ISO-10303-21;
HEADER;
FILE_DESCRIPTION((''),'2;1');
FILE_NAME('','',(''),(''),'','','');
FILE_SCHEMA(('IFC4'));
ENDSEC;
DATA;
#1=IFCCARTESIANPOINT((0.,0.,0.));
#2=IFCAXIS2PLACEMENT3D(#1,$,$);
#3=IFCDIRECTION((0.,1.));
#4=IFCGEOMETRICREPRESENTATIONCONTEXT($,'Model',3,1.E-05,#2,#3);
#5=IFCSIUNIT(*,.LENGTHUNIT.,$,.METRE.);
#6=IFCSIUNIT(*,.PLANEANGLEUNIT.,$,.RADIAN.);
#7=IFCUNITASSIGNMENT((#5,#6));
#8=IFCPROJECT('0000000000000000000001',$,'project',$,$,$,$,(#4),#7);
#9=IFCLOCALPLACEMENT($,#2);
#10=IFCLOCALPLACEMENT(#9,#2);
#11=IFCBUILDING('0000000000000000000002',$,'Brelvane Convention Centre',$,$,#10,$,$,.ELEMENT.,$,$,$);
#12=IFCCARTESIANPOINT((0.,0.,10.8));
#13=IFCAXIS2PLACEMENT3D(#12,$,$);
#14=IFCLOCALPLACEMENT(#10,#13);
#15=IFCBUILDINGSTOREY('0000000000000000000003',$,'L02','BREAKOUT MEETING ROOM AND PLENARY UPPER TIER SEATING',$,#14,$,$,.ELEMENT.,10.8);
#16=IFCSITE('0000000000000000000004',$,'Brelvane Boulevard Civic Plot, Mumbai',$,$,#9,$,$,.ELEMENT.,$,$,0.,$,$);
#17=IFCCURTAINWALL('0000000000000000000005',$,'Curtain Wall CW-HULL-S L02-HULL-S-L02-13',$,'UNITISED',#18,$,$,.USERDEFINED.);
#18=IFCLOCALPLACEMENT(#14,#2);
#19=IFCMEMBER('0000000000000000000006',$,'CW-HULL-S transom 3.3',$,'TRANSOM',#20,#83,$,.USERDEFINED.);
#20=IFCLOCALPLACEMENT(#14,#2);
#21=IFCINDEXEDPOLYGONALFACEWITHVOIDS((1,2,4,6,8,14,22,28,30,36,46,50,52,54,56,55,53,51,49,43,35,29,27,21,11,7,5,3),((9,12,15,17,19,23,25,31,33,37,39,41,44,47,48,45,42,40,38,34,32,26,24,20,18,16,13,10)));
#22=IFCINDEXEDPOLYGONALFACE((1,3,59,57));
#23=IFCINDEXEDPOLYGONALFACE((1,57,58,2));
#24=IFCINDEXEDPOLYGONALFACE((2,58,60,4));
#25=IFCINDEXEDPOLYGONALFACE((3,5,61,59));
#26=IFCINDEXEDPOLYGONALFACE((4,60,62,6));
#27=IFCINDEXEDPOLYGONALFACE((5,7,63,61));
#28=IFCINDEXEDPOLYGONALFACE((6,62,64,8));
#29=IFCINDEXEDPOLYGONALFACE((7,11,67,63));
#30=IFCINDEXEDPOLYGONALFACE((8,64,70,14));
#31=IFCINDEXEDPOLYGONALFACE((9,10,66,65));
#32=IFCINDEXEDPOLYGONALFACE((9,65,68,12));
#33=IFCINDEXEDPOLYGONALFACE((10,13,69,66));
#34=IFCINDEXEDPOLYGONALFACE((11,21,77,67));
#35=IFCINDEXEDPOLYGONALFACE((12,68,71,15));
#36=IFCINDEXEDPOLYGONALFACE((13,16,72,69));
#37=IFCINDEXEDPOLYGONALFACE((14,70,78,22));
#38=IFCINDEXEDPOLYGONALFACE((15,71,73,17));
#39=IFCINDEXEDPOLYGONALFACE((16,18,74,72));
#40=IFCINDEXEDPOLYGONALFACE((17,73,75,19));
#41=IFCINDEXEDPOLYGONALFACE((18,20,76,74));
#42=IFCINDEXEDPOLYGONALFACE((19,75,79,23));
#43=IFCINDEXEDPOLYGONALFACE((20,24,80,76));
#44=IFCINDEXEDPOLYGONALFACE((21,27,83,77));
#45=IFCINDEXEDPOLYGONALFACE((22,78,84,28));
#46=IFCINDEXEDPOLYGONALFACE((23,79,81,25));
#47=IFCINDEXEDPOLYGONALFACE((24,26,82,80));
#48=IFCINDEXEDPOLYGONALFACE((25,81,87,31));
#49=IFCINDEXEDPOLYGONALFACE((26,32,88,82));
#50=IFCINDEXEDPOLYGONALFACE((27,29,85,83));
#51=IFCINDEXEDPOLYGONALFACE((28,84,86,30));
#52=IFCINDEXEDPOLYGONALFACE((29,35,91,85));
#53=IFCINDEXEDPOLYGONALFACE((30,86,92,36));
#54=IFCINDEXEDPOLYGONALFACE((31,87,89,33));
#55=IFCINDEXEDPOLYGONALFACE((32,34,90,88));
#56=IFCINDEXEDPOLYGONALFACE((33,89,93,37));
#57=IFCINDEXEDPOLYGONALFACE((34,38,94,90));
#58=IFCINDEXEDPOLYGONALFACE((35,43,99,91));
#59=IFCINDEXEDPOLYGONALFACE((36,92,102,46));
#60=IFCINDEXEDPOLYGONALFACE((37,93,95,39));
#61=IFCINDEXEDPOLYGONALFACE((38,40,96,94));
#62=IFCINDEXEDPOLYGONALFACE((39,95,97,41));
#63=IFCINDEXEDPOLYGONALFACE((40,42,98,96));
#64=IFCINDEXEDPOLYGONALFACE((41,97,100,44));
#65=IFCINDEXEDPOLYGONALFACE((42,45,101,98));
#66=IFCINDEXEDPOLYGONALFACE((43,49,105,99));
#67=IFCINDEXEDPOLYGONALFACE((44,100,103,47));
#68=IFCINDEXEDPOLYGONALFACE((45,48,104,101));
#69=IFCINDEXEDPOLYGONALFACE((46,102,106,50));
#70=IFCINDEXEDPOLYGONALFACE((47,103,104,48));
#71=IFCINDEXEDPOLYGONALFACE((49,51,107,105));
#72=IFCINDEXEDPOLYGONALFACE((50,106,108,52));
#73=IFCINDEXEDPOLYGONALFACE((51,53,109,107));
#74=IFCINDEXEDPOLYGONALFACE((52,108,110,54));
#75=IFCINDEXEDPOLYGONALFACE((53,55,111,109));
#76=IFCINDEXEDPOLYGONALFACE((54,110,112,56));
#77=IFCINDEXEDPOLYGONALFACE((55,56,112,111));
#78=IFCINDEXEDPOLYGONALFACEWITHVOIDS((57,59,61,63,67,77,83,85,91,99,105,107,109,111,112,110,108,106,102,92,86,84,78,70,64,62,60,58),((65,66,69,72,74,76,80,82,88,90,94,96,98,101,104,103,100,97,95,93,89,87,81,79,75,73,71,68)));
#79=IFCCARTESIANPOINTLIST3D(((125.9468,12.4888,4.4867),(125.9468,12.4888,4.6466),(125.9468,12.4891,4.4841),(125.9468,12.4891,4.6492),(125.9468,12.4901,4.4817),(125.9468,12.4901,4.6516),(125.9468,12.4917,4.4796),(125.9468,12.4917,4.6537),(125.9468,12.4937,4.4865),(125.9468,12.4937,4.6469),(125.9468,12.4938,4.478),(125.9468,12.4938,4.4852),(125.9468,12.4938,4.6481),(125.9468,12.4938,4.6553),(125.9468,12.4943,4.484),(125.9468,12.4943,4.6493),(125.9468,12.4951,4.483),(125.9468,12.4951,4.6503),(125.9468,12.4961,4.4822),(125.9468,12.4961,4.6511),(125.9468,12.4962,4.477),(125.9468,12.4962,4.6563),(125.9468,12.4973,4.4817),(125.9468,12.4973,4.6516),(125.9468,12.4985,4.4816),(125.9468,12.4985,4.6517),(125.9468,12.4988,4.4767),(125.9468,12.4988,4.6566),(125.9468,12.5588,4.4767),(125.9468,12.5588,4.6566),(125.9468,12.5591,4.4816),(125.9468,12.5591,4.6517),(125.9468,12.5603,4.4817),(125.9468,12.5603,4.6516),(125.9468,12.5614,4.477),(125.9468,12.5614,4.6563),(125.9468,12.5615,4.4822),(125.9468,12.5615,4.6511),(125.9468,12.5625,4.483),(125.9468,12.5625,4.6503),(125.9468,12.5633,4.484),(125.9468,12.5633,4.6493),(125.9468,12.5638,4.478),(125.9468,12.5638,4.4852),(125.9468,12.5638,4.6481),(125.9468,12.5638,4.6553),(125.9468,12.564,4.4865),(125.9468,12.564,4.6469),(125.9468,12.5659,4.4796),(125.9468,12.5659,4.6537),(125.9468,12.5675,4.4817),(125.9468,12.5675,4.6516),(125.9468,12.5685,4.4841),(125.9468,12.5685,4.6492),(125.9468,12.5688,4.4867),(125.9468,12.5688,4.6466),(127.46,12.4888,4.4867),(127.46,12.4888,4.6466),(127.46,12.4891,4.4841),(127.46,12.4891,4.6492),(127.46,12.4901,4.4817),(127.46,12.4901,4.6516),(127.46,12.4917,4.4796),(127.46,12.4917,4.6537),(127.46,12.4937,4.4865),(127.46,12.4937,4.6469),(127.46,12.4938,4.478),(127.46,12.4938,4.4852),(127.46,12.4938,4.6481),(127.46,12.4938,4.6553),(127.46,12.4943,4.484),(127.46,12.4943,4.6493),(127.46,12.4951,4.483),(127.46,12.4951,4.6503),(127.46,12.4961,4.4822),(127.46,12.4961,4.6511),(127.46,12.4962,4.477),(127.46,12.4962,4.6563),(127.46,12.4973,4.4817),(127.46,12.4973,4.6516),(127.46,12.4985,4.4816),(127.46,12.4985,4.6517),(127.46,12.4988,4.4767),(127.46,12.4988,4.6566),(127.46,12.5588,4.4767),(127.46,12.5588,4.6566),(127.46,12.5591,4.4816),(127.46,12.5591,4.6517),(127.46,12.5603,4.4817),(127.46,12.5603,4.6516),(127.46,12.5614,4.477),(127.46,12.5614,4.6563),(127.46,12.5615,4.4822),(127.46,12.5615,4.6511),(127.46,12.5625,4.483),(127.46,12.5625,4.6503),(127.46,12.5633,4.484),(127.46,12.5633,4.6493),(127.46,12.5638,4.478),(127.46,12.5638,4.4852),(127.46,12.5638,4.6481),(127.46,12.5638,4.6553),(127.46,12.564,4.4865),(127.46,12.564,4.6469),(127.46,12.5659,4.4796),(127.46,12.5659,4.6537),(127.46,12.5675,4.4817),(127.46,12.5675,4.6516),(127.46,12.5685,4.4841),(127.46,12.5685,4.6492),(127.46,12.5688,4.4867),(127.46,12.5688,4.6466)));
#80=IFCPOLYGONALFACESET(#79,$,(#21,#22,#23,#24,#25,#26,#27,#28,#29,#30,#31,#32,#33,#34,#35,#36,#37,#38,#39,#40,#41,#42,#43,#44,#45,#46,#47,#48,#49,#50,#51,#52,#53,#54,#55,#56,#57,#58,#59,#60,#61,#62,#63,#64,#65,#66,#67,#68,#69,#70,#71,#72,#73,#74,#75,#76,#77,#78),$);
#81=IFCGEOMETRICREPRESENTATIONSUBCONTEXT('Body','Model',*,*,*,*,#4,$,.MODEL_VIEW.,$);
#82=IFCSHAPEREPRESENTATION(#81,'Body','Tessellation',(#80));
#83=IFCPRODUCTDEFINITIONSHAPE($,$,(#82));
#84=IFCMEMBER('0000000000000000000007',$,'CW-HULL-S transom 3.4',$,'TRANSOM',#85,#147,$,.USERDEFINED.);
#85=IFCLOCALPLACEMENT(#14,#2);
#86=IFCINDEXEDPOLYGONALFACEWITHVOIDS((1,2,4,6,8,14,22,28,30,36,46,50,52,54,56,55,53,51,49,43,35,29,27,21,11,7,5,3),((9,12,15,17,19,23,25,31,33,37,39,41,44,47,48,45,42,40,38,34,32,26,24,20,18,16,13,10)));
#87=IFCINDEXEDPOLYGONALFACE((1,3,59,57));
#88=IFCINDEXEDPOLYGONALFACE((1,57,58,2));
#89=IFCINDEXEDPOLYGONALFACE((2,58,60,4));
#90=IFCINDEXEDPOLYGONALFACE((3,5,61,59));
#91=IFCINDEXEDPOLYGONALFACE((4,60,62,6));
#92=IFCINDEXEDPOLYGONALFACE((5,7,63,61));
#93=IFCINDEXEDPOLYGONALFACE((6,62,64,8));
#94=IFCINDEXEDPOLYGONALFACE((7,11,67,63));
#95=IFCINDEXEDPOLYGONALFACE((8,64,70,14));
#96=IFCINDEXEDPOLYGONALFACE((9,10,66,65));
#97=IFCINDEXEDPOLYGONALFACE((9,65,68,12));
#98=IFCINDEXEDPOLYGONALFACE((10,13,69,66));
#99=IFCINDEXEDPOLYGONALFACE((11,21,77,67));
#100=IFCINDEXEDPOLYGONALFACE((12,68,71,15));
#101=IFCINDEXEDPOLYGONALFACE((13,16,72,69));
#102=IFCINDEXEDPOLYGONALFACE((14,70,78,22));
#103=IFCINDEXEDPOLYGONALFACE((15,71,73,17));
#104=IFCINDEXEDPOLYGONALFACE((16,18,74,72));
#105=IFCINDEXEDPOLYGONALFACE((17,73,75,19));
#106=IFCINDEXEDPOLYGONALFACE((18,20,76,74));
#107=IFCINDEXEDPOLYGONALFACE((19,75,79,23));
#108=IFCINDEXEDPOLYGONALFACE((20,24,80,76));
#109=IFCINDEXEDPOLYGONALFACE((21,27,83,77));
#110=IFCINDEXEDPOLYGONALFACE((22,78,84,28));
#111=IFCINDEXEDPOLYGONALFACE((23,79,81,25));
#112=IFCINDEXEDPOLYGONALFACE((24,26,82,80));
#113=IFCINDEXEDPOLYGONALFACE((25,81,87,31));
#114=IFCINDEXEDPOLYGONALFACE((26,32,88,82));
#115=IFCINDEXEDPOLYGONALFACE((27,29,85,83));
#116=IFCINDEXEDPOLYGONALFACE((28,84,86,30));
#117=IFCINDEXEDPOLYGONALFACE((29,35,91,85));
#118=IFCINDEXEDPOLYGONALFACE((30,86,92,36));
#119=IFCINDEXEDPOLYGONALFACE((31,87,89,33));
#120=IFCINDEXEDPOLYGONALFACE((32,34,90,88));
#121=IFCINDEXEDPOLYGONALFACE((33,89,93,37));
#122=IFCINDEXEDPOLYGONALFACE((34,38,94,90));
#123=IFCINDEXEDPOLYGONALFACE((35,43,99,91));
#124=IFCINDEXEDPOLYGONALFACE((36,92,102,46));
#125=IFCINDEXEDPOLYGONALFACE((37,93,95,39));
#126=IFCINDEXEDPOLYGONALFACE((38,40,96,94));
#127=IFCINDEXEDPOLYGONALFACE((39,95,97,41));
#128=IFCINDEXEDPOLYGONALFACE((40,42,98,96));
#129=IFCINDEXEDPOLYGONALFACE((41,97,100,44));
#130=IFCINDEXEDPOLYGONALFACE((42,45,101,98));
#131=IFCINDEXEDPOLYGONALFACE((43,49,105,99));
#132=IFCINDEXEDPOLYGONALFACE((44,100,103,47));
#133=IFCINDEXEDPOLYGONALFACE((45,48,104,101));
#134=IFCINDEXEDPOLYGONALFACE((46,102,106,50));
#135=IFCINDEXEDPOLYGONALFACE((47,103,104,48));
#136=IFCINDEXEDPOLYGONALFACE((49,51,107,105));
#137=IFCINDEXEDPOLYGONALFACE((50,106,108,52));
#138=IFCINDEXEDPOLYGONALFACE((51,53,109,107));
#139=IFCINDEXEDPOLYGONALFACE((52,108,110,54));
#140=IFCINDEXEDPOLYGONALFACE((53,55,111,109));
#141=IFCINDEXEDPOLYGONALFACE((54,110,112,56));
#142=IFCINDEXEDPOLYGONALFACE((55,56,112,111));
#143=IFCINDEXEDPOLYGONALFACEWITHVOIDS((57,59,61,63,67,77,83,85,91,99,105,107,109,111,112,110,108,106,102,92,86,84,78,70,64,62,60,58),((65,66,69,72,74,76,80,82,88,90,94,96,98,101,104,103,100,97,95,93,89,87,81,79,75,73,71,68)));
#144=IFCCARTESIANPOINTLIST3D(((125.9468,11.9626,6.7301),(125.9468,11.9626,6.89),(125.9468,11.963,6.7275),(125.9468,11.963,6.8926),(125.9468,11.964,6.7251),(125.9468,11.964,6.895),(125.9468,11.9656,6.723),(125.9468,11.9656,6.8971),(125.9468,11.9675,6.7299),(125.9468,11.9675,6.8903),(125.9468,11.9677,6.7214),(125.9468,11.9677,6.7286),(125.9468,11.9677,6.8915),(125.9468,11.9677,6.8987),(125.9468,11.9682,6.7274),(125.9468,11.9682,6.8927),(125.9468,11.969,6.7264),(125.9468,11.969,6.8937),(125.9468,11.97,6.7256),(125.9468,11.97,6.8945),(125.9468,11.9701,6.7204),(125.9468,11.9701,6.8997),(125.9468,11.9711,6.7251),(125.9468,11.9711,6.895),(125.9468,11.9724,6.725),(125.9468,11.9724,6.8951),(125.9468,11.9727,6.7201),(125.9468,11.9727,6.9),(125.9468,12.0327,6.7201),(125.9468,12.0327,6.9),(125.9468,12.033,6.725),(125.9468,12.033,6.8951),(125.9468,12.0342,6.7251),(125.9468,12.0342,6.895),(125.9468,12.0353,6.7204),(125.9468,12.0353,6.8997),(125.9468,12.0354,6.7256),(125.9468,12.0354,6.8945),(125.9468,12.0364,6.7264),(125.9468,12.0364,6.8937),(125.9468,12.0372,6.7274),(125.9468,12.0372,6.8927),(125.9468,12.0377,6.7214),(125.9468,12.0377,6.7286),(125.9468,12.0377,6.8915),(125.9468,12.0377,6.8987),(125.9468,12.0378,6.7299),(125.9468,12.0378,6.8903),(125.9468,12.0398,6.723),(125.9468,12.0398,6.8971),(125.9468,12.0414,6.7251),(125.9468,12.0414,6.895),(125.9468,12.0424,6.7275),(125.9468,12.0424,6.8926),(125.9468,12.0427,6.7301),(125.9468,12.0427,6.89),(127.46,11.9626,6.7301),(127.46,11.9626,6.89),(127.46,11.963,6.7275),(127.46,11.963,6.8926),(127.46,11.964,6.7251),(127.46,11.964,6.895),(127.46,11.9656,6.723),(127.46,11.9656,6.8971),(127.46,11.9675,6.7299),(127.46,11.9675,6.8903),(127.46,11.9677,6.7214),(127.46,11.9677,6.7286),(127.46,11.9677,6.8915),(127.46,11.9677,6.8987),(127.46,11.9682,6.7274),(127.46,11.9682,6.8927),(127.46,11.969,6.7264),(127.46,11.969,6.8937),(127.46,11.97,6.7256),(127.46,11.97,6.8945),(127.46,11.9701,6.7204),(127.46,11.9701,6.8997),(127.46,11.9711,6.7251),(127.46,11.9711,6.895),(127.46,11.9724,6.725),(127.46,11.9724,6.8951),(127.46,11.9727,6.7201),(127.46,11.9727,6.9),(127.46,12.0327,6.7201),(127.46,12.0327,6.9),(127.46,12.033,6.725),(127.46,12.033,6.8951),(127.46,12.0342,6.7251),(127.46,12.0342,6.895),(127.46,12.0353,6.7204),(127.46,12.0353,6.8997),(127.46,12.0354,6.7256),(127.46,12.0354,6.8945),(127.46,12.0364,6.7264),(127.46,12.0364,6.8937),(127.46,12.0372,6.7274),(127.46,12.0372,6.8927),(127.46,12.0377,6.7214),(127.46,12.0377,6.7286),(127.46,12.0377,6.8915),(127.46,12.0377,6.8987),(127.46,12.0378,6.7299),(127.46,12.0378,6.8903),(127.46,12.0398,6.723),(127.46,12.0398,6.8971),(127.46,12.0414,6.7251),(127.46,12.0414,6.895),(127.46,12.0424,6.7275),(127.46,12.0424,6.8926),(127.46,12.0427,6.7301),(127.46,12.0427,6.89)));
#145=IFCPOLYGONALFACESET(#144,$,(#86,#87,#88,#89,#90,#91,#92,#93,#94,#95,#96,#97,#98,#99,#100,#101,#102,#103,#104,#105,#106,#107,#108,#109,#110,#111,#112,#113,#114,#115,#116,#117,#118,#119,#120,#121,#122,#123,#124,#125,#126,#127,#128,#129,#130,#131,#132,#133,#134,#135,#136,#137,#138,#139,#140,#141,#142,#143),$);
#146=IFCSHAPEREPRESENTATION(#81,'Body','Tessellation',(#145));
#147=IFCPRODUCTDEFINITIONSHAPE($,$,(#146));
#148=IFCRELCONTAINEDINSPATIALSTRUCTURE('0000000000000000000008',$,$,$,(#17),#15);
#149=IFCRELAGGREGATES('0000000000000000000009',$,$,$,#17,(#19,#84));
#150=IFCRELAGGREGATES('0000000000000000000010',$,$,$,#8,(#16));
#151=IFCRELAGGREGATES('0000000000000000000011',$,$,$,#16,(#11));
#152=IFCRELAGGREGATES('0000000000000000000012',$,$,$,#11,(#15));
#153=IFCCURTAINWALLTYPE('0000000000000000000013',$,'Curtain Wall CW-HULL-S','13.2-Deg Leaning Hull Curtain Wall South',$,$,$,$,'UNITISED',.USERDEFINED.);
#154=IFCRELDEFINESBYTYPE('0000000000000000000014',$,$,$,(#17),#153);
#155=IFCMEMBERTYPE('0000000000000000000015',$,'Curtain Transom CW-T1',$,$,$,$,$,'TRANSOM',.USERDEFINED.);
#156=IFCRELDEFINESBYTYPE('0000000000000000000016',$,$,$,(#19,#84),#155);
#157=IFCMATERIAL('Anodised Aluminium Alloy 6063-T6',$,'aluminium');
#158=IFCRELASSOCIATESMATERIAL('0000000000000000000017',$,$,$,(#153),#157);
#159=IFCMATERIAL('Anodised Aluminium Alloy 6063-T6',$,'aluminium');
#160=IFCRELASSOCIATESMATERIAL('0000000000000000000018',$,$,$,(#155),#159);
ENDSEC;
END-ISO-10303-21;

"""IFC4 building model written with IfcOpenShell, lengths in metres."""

from ifc_helpers import new_model, si_unit, direction, frame, origin, origin_2d, place, context, subcontext, project, spatial, hollow_rectangle, extrude, material, material_profile, profile_set, type_object, element, aggregate, save


model = new_model("IFC4")

# Units and contexts
model_context = context("Model", 3, precision=1e-05, world=origin(), true_north=direction((0.0, 1.0)))
body_context = subcontext(model_context, "Body", "Model", "MODEL_VIEW")
ifc_project = project(units=[si_unit("LENGTHUNIT", "METRE"), si_unit("PLANEANGLEUNIT", "RADIAN")], contexts=[model_context])

# Site, building, storey
site_placement = place(None, origin())
site = spatial("IfcSite", under=ifc_project, at=site_placement, Name="Brelvane Boulevard Civic Plot, Mumbai", CompositionType="ELEMENT", RefElevation=0.0)
building_placement = place(site_placement, origin())
building = spatial("IfcBuilding", under=site, at=building_placement, Name="Brelvane Convention Centre", CompositionType="ELEMENT")
storey_placement = place(building_placement, frame((0.0, 0.0, 10.8)))
storey = spatial("IfcBuildingStorey", under=building, at=storey_placement, Name="L02", Description="BREAKOUT MEETING ROOM AND PLENARY UPPER TIER SEATING", CompositionType="ELEMENT", Elevation=10.8)

# Curtain wall, members
ifc_material_1 = material(Name="Anodised Aluminium Alloy 6063-T6", Category="aluminium")
curtain_wall_type = type_object("IfcCurtainWallType", Name="Curtain Wall CW-HULL-S", Description="13.2-Deg Leaning Hull Curtain Wall South", ElementType="UNITISED", PredefinedType="USERDEFINED", material=ifc_material_1)
ifc_material_2 = material(Name="Anodised Aluminium Alloy 6063-T6", Category="aluminium")
ifc_material_profile = material_profile(ifc_material_2, hollow_rectangle(XDim=0.0801, YDim=0.1799, WallThickness=0.0049, InnerFilletRadius=0.0049, OuterFilletRadius=0.01, at=origin_2d()), Name="ALU-T 180x80x5.0")
ifc_profile_set = profile_set([ifc_material_profile], Name="Anodised Aluminium Alloy 6063-T6")
member_type = type_object("IfcMemberType", Name="Curtain Transom CW-T1", ElementType="TRANSOM", PredefinedType="USERDEFINED", material=ifc_profile_set)
curtain_wall_1_placement = place(storey_placement, origin())
curtain_wall_1 = element("IfcCurtainWall", 1, at=curtain_wall_1_placement, inside=storey, type_object=curtain_wall_type, Name="Curtain Wall CW-HULL-S L02-HULL-S-L02-13", ObjectType="UNITISED", PredefinedType="USERDEFINED")
member_1_placement = place(storey_placement, frame((125.9468, 12.5288, 4.5667), z_axis=(1.0, 0.0, 0.0), x_axis=(0.0, 1.0, 0.0)))
member_1 = element("IfcMember", 2, at=member_1_placement, type_object=member_type, Name="CW-HULL-S transom 3.3", ObjectType="TRANSOM", PredefinedType="USERDEFINED", context=body_context, shape_type="SweptSolid", body=[
    extrude(hollow_rectangle(XDim=0.0801, YDim=0.1799, WallThickness=0.0049, InnerFilletRadius=0.0049, OuterFilletRadius=0.01, at=origin_2d()), origin(), (0.0, 0.0, 1.0), 1.5132),
])
member_2_placement = place(storey_placement, frame((125.9468, 12.0027, 6.8101), z_axis=(1.0, 0.0, 0.0), x_axis=(0.0, 1.0, 0.0)))
member_2 = element("IfcMember", 3, at=member_2_placement, type_object=member_type, Name="CW-HULL-S transom 3.4", ObjectType="TRANSOM", PredefinedType="USERDEFINED", context=body_context, shape_type="SweptSolid", body=[
    extrude(hollow_rectangle(XDim=0.0801, YDim=0.1799, WallThickness=0.0049, InnerFilletRadius=0.0049, OuterFilletRadius=0.01, at=origin_2d()), origin(), (0.0, 0.0, 1.0), 1.5132),
])

aggregate(curtain_wall_1, [member_1, member_2])

save(model, "model.ifc")
